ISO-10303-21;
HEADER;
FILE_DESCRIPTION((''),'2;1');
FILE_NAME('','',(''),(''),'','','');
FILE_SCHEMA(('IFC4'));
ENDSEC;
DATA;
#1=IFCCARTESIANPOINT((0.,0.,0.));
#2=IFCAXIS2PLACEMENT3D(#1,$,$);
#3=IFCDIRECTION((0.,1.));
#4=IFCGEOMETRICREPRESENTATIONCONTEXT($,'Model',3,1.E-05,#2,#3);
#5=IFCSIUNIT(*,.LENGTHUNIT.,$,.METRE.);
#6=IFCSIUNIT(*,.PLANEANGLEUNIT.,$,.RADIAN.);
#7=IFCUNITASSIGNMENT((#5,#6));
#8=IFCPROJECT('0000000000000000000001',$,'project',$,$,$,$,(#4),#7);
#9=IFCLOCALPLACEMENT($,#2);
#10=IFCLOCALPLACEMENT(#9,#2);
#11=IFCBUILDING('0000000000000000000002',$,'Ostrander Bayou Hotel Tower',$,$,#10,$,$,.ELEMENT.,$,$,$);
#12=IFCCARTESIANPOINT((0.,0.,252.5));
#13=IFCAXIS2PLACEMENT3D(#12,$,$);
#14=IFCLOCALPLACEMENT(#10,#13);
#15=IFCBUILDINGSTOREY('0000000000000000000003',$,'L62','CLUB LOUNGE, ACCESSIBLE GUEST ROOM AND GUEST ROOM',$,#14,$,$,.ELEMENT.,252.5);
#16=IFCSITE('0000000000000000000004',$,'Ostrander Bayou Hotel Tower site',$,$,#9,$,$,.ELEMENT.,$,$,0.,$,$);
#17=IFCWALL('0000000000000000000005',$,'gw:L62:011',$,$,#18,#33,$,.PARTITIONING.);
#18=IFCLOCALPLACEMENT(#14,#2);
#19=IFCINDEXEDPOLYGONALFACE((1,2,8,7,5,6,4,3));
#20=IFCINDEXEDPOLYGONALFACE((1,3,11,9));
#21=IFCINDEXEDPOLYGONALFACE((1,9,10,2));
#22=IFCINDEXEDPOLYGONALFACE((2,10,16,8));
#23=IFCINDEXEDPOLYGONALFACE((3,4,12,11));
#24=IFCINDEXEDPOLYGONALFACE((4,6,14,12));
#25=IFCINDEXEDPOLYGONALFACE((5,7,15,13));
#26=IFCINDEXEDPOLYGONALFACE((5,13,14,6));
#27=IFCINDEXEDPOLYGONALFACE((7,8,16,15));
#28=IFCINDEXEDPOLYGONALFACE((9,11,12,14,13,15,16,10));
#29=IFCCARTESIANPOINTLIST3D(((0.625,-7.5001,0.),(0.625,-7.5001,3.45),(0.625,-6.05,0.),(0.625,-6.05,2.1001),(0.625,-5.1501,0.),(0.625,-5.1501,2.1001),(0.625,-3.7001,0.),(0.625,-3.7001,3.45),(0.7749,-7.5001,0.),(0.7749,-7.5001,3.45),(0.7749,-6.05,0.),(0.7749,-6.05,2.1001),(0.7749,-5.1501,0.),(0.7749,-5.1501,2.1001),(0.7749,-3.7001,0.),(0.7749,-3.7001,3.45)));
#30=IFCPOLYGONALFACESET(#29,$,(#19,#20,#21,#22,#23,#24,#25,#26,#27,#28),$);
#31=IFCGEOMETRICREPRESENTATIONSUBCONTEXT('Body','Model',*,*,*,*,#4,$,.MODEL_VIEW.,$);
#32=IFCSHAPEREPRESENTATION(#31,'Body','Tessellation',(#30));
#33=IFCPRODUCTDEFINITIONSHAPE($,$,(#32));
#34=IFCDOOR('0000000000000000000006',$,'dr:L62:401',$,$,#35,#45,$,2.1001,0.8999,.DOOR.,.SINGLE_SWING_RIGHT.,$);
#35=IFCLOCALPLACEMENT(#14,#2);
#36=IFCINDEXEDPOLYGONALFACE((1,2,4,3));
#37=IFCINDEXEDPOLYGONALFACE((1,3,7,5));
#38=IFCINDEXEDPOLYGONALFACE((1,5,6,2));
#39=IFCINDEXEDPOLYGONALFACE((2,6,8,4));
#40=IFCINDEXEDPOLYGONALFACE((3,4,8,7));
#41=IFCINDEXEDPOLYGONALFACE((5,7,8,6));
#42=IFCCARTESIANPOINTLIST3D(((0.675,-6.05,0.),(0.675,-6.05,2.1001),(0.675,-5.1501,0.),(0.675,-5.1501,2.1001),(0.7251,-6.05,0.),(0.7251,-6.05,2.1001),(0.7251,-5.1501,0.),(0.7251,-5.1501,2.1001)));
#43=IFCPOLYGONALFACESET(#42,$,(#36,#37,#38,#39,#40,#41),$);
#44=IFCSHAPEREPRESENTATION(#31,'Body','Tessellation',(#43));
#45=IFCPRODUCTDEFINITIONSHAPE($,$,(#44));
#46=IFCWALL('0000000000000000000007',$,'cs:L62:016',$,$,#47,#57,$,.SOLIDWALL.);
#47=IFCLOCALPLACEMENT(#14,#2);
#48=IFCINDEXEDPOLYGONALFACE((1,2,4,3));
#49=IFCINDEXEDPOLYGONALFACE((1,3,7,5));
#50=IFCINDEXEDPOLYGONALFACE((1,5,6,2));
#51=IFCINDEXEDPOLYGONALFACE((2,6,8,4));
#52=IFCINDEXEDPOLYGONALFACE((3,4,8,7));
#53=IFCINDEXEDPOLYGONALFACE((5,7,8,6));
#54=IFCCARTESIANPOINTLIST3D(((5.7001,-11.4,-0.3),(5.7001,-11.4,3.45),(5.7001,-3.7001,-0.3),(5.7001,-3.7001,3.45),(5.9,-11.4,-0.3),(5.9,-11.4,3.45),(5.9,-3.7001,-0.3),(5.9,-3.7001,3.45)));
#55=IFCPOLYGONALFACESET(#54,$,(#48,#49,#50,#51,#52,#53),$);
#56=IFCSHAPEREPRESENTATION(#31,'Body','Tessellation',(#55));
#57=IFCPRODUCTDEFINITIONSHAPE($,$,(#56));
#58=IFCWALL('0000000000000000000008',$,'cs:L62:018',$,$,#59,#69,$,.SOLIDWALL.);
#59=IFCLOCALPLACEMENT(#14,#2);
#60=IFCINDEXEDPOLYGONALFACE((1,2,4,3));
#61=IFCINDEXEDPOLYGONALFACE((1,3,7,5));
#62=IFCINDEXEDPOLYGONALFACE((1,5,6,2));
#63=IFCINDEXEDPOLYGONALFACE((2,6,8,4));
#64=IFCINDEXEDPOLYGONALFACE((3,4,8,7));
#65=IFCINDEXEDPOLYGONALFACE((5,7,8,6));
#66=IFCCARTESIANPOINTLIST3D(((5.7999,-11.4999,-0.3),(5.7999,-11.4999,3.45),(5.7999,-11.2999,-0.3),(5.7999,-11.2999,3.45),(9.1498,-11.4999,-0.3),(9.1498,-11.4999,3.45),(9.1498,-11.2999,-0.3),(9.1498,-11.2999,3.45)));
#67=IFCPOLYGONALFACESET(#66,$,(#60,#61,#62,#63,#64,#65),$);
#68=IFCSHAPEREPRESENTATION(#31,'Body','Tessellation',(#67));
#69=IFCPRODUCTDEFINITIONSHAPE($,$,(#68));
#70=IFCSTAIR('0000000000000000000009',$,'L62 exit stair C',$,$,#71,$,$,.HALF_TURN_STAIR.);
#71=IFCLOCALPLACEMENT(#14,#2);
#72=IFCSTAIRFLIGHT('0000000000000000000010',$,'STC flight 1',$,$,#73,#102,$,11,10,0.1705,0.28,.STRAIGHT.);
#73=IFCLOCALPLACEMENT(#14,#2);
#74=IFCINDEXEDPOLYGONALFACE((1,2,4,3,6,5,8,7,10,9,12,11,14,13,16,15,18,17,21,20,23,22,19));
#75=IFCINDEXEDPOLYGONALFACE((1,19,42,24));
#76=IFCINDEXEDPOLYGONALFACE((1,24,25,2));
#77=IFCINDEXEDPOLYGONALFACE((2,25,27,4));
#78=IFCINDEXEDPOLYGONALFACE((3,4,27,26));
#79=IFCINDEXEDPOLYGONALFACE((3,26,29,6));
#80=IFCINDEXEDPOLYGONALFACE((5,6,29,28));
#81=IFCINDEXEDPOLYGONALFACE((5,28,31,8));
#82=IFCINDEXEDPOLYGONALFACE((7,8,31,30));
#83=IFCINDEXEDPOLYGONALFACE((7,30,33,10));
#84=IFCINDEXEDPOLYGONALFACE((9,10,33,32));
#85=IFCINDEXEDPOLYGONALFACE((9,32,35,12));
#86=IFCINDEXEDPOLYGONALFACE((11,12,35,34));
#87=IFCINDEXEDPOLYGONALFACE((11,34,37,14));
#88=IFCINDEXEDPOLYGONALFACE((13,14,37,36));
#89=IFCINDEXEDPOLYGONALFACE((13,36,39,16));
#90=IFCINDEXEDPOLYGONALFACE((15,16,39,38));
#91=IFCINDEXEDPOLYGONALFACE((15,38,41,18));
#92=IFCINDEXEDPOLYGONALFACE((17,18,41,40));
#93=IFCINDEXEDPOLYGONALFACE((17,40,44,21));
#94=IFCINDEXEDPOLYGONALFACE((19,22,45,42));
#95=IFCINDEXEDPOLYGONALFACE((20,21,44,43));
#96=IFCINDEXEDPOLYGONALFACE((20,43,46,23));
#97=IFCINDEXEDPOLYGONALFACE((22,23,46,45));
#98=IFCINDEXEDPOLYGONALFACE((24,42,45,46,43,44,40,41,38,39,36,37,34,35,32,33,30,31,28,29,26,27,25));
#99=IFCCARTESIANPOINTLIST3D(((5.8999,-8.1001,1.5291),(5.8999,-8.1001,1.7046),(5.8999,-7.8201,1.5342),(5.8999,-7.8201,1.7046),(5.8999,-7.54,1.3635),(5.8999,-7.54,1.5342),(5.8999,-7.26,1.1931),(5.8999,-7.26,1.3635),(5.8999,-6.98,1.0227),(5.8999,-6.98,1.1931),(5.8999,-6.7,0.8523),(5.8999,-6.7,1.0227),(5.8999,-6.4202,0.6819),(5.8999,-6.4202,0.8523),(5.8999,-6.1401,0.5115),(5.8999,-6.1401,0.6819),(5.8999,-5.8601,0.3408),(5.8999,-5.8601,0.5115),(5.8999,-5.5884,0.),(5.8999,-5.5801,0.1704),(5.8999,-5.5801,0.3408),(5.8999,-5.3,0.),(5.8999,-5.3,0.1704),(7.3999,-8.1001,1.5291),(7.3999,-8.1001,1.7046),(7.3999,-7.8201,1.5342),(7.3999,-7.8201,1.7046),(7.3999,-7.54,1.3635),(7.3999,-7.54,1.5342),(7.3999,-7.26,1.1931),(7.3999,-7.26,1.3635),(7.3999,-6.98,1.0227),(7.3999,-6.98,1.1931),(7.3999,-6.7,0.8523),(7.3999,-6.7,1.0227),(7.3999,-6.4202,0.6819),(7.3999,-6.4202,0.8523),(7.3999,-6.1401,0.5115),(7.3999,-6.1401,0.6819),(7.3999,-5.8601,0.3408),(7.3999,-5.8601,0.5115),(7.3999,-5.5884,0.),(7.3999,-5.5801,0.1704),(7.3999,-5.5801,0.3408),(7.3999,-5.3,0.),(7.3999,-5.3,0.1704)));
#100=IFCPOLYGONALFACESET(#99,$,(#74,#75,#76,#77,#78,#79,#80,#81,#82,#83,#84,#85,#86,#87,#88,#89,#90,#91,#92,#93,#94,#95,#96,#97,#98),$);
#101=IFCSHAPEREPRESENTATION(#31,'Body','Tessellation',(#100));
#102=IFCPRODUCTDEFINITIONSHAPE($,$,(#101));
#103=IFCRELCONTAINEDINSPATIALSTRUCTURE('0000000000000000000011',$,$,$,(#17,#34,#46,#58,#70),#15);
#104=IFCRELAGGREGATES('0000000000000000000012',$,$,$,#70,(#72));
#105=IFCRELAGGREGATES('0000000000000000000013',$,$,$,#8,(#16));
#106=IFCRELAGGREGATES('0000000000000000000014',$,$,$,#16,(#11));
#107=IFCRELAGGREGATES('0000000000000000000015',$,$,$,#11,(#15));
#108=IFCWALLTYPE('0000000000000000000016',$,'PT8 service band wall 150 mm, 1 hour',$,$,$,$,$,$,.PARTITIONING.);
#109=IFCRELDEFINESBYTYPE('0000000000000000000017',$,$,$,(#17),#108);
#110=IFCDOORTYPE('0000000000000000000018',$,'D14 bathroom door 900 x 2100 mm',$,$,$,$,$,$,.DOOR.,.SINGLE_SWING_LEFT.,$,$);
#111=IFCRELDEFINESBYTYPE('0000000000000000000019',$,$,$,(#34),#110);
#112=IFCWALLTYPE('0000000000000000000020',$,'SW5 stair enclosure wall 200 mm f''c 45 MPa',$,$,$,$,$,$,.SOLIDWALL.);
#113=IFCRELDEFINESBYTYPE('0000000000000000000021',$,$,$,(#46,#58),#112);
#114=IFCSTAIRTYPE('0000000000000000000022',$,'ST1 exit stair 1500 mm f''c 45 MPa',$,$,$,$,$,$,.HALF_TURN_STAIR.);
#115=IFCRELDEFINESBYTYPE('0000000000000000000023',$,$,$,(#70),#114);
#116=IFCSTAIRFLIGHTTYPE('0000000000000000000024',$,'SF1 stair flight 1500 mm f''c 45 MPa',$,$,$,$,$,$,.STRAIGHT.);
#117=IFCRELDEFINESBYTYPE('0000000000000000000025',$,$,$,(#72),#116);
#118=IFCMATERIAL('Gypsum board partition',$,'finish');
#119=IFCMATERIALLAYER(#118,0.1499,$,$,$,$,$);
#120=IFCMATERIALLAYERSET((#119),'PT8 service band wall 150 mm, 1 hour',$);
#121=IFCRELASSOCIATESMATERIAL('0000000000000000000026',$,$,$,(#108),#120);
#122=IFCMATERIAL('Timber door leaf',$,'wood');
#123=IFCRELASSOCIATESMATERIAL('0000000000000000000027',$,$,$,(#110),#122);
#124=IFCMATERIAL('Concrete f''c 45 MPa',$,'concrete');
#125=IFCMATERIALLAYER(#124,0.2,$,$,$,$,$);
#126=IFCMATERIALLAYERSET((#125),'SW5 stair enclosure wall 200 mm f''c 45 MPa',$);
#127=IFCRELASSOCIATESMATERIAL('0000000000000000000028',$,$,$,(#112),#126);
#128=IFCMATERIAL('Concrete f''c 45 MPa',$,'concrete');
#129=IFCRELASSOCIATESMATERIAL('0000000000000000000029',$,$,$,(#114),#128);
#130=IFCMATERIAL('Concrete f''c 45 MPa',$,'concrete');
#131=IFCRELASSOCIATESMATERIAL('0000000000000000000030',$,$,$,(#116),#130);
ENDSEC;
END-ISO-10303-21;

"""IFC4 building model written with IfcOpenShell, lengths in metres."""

from ifc_helpers import new_model, si_unit, direction, frame, frame_2d, origin, place, context, subcontext, project, spatial, polyline, rectangle, outline, extrude, material, layer, layer_set, type_object, element, fill, aggregate, save


model = new_model("IFC4")

# Units and contexts
model_context = context("Model", 3, precision=1e-05, world=origin(), true_north=direction((0.0, 1.0)))
body_context = subcontext(model_context, "Body", "Model", "MODEL_VIEW")
ifc_project = project(units=[si_unit("LENGTHUNIT", "METRE"), si_unit("PLANEANGLEUNIT", "RADIAN")], contexts=[model_context])

# Site, building, storey
site_placement = place(None, origin())
site = spatial("IfcSite", under=ifc_project, at=site_placement, Name="Ostrander Bayou Hotel Tower site", CompositionType="ELEMENT", RefElevation=0.0)
building_placement = place(site_placement, origin())
building = spatial("IfcBuilding", under=site, at=building_placement, Name="Ostrander Bayou Hotel Tower", CompositionType="ELEMENT")
storey_placement = place(building_placement, frame((0.0, 0.0, 252.5)))
storey = spatial("IfcBuildingStorey", under=building, at=storey_placement, Name="L62", Description="CLUB LOUNGE, ACCESSIBLE GUEST ROOM AND GUEST ROOM", CompositionType="ELEMENT", Elevation=252.5)

# Shared definitions
ifc_material_1 = material(Name="Gypsum board partition", Category="finish")
ifc_layer_1 = layer(ifc_material_1, 0.1499)
ifc_layer_set_1 = layer_set([ifc_layer_1], Name="PT8 service band wall 150 mm, 1 hour")
wall_type_1 = type_object("IfcWallType", Name="PT8 service band wall 150 mm, 1 hour", PredefinedType="PARTITIONING", material=ifc_layer_set_1)

# Wall, opening, door
wall_1_placement = place(storey_placement, frame((0.7, -7.5, 0.0), z_axis=(0.0, 0.0, 1.0), x_axis=(0.0, 1.0, 0.0)))
wall_1 = element("IfcWall", 1, at=wall_1_placement, inside=storey, type_object=wall_type_1, Name="gw:L62:011", PredefinedType="PARTITIONING", context=body_context, shape_type="SweptSolid", body=[
    extrude(rectangle(XDim=3.8, YDim=0.1499, at=frame_2d((1.8999, 0.0))), origin(), (0.0, 0.0, 1.0), 3.45),
])
opening_1_placement = place(wall_1_placement, frame((1.45, 0.0, 0.0)))
opening_1 = element("IfcOpeningElement", 2, at=opening_1_placement, cuts=wall_1, PredefinedType="OPENING", context=body_context, shape_type="SweptSolid", body=[
    extrude(rectangle(XDim=0.8999, YDim=2.1001, at=frame_2d((0.45, 1.05))), frame((0.0, 0.075, 0.0), z_axis=(0.0, -1.0, 0.0), x_axis=(1.0, 0.0, 0.0)), (0.0, 0.0, 1.0), 0.1499),
])
ifc_material_2 = material(Name="Timber door leaf", Category="wood")
door_type_1 = type_object("IfcDoorType", Name="D14 bathroom door 900 x 2100 mm", OperationType="SINGLE_SWING_LEFT", PredefinedType="DOOR", material=ifc_material_2)
door_1_placement = place(opening_1_placement, origin())
door_1 = element("IfcDoor", 3, at=door_1_placement, inside=storey, type_object=door_type_1, Name="dr:L62:401", OperationType="SINGLE_SWING_RIGHT", OverallHeight=2.1001, OverallWidth=0.8999, PredefinedType="DOOR", context=body_context, shape_type="SweptSolid", body=[
    extrude(rectangle(XDim=0.8999, YDim=2.1001, at=frame_2d((0.45, 1.05))), frame((0.0, 0.0249, 0.0), z_axis=(0.0, -1.0, 0.0), x_axis=(1.0, 0.0, 0.0)), (0.0, 0.0, 1.0), 0.05),
])
fill(opening_1, door_1)
ifc_material_3 = material(Name="Concrete f'c 45 MPa", Category="concrete")
ifc_layer_2 = layer(ifc_material_3, 0.2)
ifc_layer_set_2 = layer_set([ifc_layer_2], Name="SW5 stair enclosure wall 200 mm f'c 45 MPa")
wall_type_2 = type_object("IfcWallType", Name="SW5 stair enclosure wall 200 mm f'c 45 MPa", PredefinedType="SOLIDWALL", material=ifc_layer_set_2)

# Walls
wall_2_placement = place(storey_placement, frame((5.8, -3.7, -0.3), z_axis=(0.0, 0.0, 1.0), x_axis=(0.0, -1.0, 0.0)))
element("IfcWall", 4, at=wall_2_placement, inside=storey, type_object=wall_type_2, Name="cs:L62:016", PredefinedType="SOLIDWALL", context=body_context, shape_type="SweptSolid", body=[
    extrude(rectangle(XDim=7.7, YDim=0.2, at=frame_2d((3.8501, 0.0))), origin(), (0.0, 0.0, 1.0), 3.75),
])
wall_3_placement = place(storey_placement, frame((5.8, -11.3999, -0.3), z_axis=(0.0, 0.0, 1.0), x_axis=(1.0, 0.0, 0.0)))
element("IfcWall", 5, at=wall_3_placement, inside=storey, type_object=wall_type_2, Name="cs:L62:018", PredefinedType="SOLIDWALL", context=body_context, shape_type="SweptSolid", body=[
    extrude(rectangle(XDim=3.3499, YDim=0.2, at=frame_2d((1.6748, 0.0))), origin(), (0.0, 0.0, 1.0), 3.75),
])

# Stair, stair flight
ifc_material_4 = material(Name="Concrete f'c 45 MPa", Category="concrete")
stair_type = type_object("IfcStairType", Name="ST1 exit stair 1500 mm f'c 45 MPa", PredefinedType="HALF_TURN_STAIR", material=ifc_material_4)
stair_placement = place(storey_placement, origin())
stair = element("IfcStair", 6, at=stair_placement, inside=storey, type_object=stair_type, Name="L62 exit stair C", PredefinedType="HALF_TURN_STAIR")
ifc_material_5 = material(Name="Concrete f'c 45 MPa", Category="concrete")
stair_flight_type = type_object("IfcStairFlightType", Name="SF1 stair flight 1500 mm f'c 45 MPa", PredefinedType="STRAIGHT", material=ifc_material_5)
stair_flight_placement = place(storey_placement, frame((6.6499, -5.3, 0.0), z_axis=(0.0, 0.0, 1.0), x_axis=(0.0, -1.0, 0.0)))
stair_flight = element("IfcStairFlight", 7, at=stair_flight_placement, type_object=stair_flight_type, Name="STC flight 1", NumberOfRisers=11, NumberOfTreads=10, PredefinedType="STRAIGHT", RiserHeight=0.1705, TreadLength=0.28, context=body_context, shape_type="SweptSolid", body=[
    extrude(outline(polyline([(0.0, 0.0), (0.0, 0.1704), (0.28, 0.1704), (0.28, 0.3408), (0.5601, 0.3408), (0.5601, 0.5115), (0.8401, 0.5115), (0.8401, 0.6819), (1.1201, 0.6819), (1.1201, 0.8523), (1.3999, 0.8523), (1.3999, 1.0227), (1.6799, 1.0227), (1.6799, 1.1931), (1.96, 1.1931), (1.96, 1.3635), (2.24, 1.3635), (2.24, 1.5342), (2.52, 1.5342), (2.52, 1.7046), (2.8, 1.7046), (2.8, 1.875), (2.8, 1.5291), (0.2883, 0.0), (0.0, 0.0)])), frame((0.0, 0.75, 0.0), z_axis=(0.0, -1.0, 0.0), x_axis=(1.0, 0.0, 0.0)), (0.0, 0.0, 1.0), 1.5),
])
aggregate(stair, [stair_flight])

save(model, "model.ifc")
